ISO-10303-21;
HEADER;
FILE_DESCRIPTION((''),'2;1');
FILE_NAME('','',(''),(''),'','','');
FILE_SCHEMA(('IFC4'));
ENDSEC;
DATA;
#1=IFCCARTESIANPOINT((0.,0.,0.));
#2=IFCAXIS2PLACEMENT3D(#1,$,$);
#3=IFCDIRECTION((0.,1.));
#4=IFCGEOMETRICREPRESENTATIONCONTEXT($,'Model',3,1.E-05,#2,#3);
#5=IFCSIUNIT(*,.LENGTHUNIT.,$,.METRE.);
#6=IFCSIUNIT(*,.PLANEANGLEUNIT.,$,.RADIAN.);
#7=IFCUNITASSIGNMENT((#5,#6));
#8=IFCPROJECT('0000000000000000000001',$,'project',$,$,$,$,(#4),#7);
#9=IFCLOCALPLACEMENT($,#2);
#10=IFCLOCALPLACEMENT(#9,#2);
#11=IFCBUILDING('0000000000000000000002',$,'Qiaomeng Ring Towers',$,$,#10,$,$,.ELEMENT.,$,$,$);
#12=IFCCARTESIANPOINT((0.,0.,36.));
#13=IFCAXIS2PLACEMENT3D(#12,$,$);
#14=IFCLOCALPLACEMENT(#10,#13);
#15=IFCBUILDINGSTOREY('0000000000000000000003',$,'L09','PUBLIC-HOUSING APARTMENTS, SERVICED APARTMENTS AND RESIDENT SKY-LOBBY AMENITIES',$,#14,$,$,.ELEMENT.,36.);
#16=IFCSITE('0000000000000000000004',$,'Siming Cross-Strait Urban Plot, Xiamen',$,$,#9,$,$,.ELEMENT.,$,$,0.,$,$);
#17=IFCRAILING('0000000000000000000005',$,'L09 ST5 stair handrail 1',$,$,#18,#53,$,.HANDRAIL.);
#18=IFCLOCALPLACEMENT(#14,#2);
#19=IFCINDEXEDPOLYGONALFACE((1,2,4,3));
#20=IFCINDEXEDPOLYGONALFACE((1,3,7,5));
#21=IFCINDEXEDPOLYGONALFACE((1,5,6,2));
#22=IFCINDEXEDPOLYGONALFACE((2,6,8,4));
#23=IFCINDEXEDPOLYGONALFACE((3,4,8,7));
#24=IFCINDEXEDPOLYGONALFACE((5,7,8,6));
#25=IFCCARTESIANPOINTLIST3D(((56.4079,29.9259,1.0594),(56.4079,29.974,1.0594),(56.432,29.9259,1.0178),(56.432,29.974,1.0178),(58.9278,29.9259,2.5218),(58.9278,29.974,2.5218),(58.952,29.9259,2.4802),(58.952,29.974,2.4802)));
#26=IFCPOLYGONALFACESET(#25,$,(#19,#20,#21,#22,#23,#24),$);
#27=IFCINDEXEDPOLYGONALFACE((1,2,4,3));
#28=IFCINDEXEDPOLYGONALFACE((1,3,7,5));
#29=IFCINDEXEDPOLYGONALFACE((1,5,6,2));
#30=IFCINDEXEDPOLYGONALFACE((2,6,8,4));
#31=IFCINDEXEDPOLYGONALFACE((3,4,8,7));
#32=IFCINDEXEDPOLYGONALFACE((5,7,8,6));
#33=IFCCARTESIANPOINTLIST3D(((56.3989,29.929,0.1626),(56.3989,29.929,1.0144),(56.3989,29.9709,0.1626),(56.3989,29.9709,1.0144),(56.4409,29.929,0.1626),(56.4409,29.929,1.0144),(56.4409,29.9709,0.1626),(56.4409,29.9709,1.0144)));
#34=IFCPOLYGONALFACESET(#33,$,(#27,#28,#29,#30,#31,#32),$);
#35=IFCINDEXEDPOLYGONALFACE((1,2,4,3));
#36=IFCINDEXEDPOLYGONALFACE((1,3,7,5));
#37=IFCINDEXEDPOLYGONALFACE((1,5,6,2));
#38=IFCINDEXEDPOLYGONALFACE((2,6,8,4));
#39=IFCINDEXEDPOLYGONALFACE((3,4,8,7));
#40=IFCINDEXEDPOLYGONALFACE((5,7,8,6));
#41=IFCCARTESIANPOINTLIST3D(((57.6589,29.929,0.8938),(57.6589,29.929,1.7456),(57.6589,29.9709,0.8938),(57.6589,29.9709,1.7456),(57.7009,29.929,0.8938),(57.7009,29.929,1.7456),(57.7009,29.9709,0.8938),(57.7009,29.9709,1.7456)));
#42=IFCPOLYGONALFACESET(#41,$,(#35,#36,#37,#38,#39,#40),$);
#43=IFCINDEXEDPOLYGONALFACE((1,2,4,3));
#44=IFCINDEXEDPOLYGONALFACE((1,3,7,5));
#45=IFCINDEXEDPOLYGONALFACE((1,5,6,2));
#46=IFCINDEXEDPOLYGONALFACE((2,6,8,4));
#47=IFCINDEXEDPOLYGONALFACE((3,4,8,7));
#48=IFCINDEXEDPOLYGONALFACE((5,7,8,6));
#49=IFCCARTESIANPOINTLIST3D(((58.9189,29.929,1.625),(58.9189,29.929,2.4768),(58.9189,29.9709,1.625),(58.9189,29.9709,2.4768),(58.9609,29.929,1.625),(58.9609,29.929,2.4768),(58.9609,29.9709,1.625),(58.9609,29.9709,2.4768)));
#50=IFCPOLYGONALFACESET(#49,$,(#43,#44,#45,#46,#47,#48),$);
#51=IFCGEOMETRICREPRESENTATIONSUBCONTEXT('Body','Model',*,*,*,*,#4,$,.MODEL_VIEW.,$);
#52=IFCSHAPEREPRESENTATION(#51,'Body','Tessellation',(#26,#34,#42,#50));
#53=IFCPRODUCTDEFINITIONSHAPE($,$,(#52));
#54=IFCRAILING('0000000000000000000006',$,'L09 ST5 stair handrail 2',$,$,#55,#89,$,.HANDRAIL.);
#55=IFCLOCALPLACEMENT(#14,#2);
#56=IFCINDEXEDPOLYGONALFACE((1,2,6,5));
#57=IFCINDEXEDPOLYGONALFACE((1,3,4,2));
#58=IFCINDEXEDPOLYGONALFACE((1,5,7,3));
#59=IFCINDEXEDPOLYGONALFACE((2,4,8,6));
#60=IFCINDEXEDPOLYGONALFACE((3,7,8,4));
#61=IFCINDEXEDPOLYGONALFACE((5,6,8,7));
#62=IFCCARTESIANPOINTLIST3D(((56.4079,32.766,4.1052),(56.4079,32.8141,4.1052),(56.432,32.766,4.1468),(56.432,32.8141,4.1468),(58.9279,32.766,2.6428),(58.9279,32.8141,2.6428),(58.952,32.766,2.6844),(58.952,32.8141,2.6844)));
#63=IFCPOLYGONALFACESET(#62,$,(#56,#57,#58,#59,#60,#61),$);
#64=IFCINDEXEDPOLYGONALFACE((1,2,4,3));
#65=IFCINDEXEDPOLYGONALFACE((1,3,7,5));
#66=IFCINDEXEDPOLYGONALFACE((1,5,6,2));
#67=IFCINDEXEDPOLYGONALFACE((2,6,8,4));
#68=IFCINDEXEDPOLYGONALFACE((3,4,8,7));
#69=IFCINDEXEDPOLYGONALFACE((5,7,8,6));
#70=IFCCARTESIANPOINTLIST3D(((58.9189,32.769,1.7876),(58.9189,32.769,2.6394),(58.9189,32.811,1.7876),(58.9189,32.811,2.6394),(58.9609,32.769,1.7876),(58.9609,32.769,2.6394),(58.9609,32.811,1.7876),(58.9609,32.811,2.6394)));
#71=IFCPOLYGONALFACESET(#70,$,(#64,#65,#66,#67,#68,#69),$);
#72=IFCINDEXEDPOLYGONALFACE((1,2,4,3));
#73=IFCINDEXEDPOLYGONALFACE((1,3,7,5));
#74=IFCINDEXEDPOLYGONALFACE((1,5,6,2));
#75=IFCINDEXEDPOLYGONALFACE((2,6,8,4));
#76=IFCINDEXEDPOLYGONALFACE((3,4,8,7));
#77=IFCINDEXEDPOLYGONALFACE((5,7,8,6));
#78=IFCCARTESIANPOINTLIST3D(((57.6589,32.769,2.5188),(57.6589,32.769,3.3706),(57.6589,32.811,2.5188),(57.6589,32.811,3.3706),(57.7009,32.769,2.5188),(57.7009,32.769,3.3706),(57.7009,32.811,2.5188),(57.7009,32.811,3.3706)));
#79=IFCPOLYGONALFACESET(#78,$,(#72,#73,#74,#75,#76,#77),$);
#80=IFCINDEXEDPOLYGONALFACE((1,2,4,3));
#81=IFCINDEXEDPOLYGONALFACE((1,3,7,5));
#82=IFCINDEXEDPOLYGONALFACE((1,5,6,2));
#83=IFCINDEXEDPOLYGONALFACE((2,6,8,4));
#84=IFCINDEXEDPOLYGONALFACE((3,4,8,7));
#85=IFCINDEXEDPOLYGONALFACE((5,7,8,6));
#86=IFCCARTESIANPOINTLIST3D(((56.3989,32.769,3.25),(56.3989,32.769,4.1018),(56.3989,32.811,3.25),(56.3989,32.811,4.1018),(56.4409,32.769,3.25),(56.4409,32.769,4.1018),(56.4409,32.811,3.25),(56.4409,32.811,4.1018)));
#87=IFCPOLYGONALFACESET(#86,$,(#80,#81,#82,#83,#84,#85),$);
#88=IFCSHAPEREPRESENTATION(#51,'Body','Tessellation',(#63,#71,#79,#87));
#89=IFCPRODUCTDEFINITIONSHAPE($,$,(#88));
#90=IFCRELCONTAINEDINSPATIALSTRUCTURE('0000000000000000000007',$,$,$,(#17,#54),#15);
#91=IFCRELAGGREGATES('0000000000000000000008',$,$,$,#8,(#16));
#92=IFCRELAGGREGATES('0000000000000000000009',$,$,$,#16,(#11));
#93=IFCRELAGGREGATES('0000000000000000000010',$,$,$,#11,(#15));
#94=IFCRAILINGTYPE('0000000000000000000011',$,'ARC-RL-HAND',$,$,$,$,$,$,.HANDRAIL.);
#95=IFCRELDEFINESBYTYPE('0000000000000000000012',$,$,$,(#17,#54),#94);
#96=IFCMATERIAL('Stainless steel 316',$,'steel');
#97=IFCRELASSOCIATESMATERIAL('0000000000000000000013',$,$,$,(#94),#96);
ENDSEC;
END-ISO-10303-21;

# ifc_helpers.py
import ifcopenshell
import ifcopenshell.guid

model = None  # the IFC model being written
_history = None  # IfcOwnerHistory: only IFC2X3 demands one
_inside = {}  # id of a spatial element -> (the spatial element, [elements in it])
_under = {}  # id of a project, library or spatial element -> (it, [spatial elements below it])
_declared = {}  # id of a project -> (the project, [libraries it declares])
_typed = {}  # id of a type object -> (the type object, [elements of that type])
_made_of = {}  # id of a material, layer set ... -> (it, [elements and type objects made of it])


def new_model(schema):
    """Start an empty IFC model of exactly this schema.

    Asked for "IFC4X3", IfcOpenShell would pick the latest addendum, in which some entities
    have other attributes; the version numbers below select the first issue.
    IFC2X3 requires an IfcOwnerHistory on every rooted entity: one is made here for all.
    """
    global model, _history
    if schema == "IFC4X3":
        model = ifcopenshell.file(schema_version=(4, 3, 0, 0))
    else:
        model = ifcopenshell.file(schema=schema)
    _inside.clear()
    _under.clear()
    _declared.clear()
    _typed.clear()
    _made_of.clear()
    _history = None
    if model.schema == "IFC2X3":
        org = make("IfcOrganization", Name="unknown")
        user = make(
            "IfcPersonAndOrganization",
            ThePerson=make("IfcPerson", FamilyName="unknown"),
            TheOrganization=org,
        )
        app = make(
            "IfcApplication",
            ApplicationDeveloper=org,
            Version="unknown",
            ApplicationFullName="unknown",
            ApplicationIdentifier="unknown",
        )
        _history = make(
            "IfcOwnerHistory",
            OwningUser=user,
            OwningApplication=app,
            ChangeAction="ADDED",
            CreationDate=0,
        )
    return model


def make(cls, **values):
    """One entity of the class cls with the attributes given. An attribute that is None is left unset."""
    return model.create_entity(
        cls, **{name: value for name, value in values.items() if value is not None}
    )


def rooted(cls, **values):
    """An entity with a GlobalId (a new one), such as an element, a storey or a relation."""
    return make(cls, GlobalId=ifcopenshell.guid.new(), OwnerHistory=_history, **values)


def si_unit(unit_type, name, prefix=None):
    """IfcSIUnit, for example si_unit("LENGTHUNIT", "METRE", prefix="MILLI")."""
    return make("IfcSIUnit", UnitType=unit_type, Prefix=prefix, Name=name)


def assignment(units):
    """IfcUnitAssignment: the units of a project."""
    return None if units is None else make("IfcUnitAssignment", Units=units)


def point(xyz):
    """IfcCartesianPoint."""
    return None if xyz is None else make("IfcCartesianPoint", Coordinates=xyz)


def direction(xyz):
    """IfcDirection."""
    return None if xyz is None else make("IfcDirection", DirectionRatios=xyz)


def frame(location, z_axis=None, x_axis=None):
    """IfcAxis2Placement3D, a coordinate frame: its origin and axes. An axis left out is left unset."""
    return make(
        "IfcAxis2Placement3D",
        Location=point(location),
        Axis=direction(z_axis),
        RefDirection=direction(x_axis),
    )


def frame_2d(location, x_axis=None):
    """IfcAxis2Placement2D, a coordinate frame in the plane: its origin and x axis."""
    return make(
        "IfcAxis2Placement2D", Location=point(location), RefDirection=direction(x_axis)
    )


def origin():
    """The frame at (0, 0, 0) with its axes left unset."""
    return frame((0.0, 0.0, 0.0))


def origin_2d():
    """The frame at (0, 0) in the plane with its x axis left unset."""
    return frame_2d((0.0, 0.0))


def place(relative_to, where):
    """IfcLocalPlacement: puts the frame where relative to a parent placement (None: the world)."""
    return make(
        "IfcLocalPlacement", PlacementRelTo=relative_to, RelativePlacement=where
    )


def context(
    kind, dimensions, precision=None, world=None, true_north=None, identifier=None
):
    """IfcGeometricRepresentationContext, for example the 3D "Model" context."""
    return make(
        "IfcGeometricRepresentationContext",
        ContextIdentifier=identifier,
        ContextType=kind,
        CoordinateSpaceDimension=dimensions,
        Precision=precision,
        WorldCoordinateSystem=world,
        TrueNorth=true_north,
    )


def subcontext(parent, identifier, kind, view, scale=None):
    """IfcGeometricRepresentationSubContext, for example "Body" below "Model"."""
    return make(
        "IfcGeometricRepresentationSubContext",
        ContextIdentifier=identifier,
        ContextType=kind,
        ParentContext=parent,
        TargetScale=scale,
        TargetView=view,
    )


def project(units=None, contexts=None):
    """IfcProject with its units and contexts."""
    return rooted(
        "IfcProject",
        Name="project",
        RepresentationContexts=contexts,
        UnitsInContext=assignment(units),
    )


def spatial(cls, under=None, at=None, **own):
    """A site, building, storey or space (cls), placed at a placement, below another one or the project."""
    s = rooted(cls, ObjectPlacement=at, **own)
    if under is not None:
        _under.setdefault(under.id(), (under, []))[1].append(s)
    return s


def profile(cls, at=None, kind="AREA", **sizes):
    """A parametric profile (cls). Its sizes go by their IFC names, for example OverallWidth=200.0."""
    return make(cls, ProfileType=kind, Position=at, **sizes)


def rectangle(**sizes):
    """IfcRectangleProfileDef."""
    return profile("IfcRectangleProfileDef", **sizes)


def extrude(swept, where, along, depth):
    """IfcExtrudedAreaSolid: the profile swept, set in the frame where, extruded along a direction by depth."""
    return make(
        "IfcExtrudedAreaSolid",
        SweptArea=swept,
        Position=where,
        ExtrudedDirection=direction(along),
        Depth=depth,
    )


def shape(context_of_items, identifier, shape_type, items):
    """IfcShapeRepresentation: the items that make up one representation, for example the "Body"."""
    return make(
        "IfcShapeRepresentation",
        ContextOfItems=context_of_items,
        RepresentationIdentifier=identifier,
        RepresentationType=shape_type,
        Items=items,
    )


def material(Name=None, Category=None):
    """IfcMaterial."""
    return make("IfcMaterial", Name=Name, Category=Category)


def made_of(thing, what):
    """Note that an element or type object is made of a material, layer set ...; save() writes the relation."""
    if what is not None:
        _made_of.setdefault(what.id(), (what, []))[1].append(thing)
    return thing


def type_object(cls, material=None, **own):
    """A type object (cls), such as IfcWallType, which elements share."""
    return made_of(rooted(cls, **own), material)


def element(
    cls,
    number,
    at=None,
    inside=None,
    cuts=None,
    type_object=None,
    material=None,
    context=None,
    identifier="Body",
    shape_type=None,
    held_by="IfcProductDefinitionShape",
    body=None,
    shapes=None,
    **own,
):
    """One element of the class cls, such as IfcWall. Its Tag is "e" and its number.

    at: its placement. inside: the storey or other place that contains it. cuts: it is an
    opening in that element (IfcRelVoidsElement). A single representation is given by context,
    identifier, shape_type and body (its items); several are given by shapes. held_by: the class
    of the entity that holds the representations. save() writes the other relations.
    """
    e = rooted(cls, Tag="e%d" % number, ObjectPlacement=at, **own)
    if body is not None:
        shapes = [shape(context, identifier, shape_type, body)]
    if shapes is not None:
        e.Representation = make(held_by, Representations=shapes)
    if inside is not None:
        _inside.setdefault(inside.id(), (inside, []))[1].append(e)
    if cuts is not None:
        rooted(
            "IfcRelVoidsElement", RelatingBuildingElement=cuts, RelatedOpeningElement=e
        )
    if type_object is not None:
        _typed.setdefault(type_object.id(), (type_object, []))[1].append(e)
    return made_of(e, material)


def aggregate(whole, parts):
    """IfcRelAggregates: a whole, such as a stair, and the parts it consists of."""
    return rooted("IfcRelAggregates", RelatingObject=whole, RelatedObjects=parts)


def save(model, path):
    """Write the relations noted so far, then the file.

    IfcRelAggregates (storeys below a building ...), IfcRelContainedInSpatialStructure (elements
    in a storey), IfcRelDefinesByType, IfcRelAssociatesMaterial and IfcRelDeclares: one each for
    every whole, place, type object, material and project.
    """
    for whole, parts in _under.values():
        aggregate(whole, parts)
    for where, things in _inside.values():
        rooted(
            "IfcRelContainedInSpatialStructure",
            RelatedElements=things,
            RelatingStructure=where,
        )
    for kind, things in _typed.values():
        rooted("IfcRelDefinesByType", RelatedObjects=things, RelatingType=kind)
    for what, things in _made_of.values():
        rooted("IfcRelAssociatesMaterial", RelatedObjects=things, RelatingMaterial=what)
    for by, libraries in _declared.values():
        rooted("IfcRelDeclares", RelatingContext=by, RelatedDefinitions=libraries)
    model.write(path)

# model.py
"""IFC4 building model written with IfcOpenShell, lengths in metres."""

from ifc_helpers import new_model, si_unit, direction, frame, origin, origin_2d, place, context, subcontext, project, spatial, rectangle, extrude, material, type_object, element, save


model = new_model("IFC4")

# Units and contexts
model_context = context("Model", 3, precision=1e-05, world=origin(), true_north=direction((0.0, 1.0)))
body_context = subcontext(model_context, "Body", "Model", "MODEL_VIEW")
ifc_project = project(units=[si_unit("LENGTHUNIT", "METRE"), si_unit("PLANEANGLEUNIT", "RADIAN")], contexts=[model_context])

# Site, building, storey
site_placement = place(None, origin())
site = spatial("IfcSite", under=ifc_project, at=site_placement, Name="Siming Cross-Strait Urban Plot, Xiamen", CompositionType="ELEMENT", RefElevation=0.0)
building_placement = place(site_placement, origin())
building = spatial("IfcBuilding", under=site, at=building_placement, Name="Qiaomeng Ring Towers", CompositionType="ELEMENT")
storey_placement = place(building_placement, frame((0.0, 0.0, 36.0)))
storey = spatial("IfcBuildingStorey", under=building, at=storey_placement, Name="L09", Description="PUBLIC-HOUSING APARTMENTS, SERVICED APARTMENTS AND RESIDENT SKY-LOBBY AMENITIES", CompositionType="ELEMENT", Elevation=36.0)

# Shared definitions
ifc_material_1 = material(Name="Stainless steel 316", Category="steel")

# Railings
railing_type_1 = type_object("IfcRailingType", Name="ARC-RL-HAND", PredefinedType="HANDRAIL", material=ifc_material_1)
railing_1_placement = place(storey_placement, frame((56.4199, 29.95, 0.1626)))
element("IfcRailing", 1, at=railing_1_placement, inside=storey, type_object=railing_type_1, Name="L09 ST5 stair handrail 1", PredefinedType="HANDRAIL", context=body_context, shape_type="SweptSolid", body=[
    extrude(rectangle(XDim=0.0481, YDim=0.0481, at=origin_2d()), frame((0.0, 0.0, 0.876), z_axis=(0.864913, 0.0, 0.501921), x_axis=(0.0, 1.0, 0.0)), (0.0, 0.0, 1.0), 2.9136),
    extrude(rectangle(XDim=0.042, YDim=0.042, at=origin_2d()), origin(), (0.0, 0.0, 1.0), 0.8518),
    extrude(rectangle(XDim=0.042, YDim=0.042, at=origin_2d()), frame((1.26, 0.0, 0.7312)), (0.0, 0.0, 1.0), 0.8518),
    extrude(rectangle(XDim=0.042, YDim=0.042, at=origin_2d()), frame((2.52, 0.0, 1.4624)), (0.0, 0.0, 1.0), 0.8518),
])
railing_2_placement = place(storey_placement, frame((58.9399, 32.79, 1.7876)))
element("IfcRailing", 2, at=railing_2_placement, inside=storey, type_object=railing_type_1, Name="L09 ST5 stair handrail 2", PredefinedType="HANDRAIL", context=body_context, shape_type="SweptSolid", body=[
    extrude(rectangle(XDim=0.0481, YDim=0.0481, at=origin_2d()), frame((0.0, 0.0, 0.876), z_axis=(-0.864913, 0.0, 0.501921), x_axis=(0.0, -1.0, 0.0)), (0.0, 0.0, 1.0), 2.9136),
    extrude(rectangle(XDim=0.042, YDim=0.042, at=origin_2d()), origin(), (0.0, 0.0, 1.0), 0.8518),
    extrude(rectangle(XDim=0.042, YDim=0.042, at=origin_2d()), frame((-1.26, 0.0, 0.7312)), (0.0, 0.0, 1.0), 0.8518),
    extrude(rectangle(XDim=0.042, YDim=0.042, at=origin_2d()), frame((-2.52, 0.0, 1.4624)), (0.0, 0.0, 1.0), 0.8518),
])

save(model, "model.ifc")
